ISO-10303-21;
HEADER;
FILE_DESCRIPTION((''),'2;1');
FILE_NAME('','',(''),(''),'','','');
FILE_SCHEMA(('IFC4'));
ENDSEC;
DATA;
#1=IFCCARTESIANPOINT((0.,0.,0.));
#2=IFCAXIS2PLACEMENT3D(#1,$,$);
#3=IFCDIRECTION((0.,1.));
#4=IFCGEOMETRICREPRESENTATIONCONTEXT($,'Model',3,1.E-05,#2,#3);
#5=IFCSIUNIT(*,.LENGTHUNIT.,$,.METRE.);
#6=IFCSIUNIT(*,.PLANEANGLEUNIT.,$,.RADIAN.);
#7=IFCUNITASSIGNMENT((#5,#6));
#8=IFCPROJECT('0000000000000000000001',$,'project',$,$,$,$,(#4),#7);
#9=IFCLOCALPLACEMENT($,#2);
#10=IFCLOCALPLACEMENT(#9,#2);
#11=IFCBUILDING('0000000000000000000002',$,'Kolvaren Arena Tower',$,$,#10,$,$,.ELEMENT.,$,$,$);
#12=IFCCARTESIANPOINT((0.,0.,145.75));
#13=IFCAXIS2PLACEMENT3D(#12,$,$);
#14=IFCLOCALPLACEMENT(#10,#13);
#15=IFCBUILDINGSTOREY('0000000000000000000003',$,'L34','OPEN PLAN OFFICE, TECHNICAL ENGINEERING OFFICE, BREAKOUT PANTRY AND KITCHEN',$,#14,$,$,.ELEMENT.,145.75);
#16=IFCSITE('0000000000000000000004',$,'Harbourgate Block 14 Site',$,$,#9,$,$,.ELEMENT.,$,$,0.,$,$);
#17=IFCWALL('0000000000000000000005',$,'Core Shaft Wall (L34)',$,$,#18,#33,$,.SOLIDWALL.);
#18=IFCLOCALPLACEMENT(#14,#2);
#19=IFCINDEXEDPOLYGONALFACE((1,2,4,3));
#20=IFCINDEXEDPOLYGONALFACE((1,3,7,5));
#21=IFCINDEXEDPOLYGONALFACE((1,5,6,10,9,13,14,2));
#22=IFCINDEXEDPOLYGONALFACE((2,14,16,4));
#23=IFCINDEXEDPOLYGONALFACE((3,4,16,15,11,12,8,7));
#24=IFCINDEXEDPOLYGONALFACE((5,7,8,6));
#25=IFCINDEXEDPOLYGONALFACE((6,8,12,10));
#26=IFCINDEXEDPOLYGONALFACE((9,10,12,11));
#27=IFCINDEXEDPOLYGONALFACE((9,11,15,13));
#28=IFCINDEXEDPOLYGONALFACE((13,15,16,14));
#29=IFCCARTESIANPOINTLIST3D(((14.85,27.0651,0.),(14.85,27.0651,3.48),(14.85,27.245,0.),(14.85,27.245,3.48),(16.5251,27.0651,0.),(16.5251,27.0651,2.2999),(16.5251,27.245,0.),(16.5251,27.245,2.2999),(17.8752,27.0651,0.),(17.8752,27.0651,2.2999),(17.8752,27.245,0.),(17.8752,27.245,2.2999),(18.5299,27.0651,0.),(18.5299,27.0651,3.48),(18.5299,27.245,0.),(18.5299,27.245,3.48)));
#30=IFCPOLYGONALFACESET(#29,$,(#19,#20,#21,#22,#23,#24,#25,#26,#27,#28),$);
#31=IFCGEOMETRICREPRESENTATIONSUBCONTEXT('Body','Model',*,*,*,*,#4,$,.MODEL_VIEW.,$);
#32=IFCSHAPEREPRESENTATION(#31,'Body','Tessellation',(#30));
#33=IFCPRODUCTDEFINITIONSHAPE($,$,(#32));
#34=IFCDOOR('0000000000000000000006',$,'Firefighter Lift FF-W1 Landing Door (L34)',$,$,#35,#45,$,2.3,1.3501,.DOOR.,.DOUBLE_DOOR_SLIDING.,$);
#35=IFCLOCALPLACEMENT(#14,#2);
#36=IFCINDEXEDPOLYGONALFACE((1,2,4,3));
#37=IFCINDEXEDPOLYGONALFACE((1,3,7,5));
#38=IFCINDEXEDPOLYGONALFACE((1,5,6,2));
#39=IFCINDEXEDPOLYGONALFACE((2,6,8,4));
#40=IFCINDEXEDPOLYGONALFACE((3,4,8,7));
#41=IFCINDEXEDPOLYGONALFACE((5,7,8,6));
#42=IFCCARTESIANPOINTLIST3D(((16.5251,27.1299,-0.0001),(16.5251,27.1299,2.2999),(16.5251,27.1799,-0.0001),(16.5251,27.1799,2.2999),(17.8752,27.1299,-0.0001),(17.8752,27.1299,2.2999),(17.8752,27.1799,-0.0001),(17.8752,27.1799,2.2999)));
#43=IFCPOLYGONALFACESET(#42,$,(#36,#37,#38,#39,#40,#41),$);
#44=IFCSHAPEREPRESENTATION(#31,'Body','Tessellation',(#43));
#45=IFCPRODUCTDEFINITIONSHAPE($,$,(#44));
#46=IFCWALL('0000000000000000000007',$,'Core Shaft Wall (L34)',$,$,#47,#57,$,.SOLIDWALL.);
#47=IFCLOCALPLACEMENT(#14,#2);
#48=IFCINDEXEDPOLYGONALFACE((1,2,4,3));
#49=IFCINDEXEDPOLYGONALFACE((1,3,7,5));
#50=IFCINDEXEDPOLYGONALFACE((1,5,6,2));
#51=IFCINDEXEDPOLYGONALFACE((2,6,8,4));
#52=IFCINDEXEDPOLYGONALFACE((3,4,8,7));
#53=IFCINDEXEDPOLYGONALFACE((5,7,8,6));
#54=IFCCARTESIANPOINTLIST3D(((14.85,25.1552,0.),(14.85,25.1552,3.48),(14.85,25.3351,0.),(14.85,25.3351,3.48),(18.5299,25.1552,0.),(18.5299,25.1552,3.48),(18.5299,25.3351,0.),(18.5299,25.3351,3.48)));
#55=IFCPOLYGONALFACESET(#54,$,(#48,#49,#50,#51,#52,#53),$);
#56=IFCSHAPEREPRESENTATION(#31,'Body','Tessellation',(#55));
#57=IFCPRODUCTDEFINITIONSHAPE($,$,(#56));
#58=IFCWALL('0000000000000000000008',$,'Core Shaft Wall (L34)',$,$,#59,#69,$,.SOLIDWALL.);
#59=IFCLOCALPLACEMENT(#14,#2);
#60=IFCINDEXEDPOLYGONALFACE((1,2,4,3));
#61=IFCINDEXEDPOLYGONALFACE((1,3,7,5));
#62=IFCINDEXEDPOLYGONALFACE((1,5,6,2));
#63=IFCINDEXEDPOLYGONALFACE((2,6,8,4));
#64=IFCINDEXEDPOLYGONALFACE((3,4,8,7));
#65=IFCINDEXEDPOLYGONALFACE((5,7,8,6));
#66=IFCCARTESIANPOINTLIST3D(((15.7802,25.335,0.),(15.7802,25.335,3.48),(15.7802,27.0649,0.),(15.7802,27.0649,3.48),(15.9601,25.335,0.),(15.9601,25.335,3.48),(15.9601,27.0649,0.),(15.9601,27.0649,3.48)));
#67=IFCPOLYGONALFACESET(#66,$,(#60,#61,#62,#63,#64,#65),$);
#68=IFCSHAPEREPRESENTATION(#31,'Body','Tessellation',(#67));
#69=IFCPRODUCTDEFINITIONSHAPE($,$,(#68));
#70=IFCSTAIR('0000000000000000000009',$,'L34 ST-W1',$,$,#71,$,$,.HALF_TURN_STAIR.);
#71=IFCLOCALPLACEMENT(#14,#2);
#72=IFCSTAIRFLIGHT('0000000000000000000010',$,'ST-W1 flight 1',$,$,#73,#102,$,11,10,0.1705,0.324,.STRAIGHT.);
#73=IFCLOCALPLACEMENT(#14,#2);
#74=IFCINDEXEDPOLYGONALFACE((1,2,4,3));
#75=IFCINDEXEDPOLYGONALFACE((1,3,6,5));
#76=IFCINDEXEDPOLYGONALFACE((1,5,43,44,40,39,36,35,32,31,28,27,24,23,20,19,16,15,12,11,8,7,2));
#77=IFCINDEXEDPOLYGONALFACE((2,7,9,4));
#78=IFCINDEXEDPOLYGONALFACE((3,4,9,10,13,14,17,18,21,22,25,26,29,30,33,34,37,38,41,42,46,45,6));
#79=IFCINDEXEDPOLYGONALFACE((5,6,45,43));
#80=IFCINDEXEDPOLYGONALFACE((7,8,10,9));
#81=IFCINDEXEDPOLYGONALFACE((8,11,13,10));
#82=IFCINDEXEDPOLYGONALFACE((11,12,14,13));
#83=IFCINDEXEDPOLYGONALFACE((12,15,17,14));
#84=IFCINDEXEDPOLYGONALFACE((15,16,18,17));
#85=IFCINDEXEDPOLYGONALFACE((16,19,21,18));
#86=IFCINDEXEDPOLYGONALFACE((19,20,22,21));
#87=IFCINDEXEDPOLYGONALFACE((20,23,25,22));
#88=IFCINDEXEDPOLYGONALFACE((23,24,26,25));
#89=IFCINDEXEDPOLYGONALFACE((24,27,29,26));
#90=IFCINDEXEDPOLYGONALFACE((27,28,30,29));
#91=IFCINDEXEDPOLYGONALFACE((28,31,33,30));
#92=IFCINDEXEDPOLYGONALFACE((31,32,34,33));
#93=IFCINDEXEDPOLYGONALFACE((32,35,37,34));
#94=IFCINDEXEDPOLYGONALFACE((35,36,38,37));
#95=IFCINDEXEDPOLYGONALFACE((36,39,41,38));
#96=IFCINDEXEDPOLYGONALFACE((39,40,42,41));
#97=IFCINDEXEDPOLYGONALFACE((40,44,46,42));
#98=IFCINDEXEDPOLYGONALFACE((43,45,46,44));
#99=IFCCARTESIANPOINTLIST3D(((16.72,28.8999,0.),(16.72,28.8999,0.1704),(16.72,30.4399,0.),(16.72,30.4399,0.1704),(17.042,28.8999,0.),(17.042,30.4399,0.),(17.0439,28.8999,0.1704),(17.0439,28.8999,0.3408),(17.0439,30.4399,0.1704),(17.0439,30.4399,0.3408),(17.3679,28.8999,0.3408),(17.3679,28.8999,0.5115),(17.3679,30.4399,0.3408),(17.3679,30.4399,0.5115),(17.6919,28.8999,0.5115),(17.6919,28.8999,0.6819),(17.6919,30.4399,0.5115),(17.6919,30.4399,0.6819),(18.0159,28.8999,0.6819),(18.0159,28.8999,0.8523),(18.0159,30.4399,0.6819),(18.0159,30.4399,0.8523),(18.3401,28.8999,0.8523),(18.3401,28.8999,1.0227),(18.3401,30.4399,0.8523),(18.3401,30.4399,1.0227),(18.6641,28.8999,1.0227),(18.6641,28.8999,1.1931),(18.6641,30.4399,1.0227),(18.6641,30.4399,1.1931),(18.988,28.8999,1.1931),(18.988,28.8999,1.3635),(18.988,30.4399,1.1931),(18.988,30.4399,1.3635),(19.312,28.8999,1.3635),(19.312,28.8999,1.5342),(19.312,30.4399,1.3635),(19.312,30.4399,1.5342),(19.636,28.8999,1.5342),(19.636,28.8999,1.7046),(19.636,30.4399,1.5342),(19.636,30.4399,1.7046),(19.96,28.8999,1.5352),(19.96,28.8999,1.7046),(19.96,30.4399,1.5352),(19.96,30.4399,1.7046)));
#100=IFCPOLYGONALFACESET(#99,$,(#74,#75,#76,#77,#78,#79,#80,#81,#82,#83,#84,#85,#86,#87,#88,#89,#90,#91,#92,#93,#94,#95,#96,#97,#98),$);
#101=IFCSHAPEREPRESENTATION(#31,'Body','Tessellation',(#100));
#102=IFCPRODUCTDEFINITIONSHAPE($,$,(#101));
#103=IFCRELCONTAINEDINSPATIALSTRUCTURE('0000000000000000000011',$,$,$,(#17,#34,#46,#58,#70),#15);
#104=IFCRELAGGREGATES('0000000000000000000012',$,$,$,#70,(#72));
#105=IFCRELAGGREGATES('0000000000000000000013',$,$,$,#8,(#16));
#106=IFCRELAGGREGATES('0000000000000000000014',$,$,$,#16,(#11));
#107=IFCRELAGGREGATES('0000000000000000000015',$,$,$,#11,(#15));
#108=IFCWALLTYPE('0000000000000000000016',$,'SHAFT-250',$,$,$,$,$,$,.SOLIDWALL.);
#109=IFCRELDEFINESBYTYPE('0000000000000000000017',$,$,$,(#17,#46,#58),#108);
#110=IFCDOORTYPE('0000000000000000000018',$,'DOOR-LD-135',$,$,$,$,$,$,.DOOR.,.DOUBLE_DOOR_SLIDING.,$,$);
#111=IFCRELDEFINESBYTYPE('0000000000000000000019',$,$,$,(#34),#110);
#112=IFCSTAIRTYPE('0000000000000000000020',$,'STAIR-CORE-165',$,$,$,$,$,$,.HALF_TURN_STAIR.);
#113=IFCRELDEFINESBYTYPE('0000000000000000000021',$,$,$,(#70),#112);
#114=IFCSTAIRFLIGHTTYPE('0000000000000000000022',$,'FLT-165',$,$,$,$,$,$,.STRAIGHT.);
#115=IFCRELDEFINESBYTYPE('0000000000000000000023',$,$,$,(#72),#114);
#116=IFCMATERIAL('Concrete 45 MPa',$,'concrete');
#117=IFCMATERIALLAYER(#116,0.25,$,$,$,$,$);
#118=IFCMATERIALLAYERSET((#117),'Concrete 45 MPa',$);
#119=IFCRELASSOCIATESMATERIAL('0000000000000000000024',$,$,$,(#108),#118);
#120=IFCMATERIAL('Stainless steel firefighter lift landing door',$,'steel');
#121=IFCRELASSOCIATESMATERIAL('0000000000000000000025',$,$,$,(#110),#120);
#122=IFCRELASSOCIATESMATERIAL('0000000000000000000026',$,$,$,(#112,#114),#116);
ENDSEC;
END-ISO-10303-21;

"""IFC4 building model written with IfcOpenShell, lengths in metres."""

from ifc_helpers import new_model, si_unit, direction, frame, frame_2d, origin, place, context, subcontext, project, spatial, polyline, rectangle, outline, extrude, material, layer, layer_set, type_object, element, fill, aggregate, save


model = new_model("IFC4")

# Units and contexts
model_context = context("Model", 3, precision=1e-05, world=origin(), true_north=direction((0.0, 1.0)))
body_context = subcontext(model_context, "Body", "Model", "MODEL_VIEW")
ifc_project = project(units=[si_unit("LENGTHUNIT", "METRE"), si_unit("PLANEANGLEUNIT", "RADIAN")], contexts=[model_context])

# Site, building, storey
site_placement = place(None, origin())
site = spatial("IfcSite", under=ifc_project, at=site_placement, Name="Harbourgate Block 14 Site", CompositionType="ELEMENT", RefElevation=0.0)
building_placement = place(site_placement, origin())
building = spatial("IfcBuilding", under=site, at=building_placement, Name="Kolvaren Arena Tower", CompositionType="ELEMENT")
storey_placement = place(building_placement, frame((0.0, 0.0, 145.75)))
storey = spatial("IfcBuildingStorey", under=building, at=storey_placement, Name="L34", Description="OPEN PLAN OFFICE, TECHNICAL ENGINEERING OFFICE, BREAKOUT PANTRY AND KITCHEN", CompositionType="ELEMENT", Elevation=145.75)

# Shared definitions
ifc_material_1 = material(Name="Concrete 45 MPa", Category="concrete")
ifc_layer = layer(ifc_material_1, 0.25)
ifc_layer_set = layer_set([ifc_layer], Name="Concrete 45 MPa")
wall_type = type_object("IfcWallType", Name="SHAFT-250", PredefinedType="SOLIDWALL", material=ifc_layer_set)

# Wall, opening, door
wall_1_placement = place(storey_placement, frame((14.8501, 27.155, 0.0), z_axis=(0.0, 0.0, 1.0), x_axis=(1.0, 0.0, 0.0)))
wall_1 = element("IfcWall", 1, at=wall_1_placement, inside=storey, type_object=wall_type, Name="Core Shaft Wall (L34)", PredefinedType="SOLIDWALL", context=body_context, shape_type="SweptSolid", body=[
    extrude(rectangle(XDim=3.6799, YDim=0.1799, at=frame_2d((1.8398, 0.0))), origin(), (0.0, 0.0, 1.0), 3.48),
])
opening_placement = place(wall_1_placement, frame((1.675, 0.0, 0.0)))
opening = element("IfcOpeningElement", 2, at=opening_placement, cuts=wall_1, PredefinedType="OPENING", context=body_context, shape_type="SweptSolid", body=[
    extrude(rectangle(XDim=1.3501, YDim=2.3, at=frame_2d((0.675, 1.1499))), frame((0.0, 0.0999, 0.0), z_axis=(0.0, -1.0, 0.0), x_axis=(1.0, 0.0, 0.0)), (0.0, 0.0, 1.0), 0.2),
])
ifc_material_2 = material(Name="Stainless steel firefighter lift landing door", Category="steel")
door_type = type_object("IfcDoorType", Name="DOOR-LD-135", OperationType="DOUBLE_DOOR_SLIDING", PredefinedType="DOOR", material=ifc_material_2)
door_placement = place(opening_placement, origin())
door = element("IfcDoor", 3, at=door_placement, inside=storey, type_object=door_type, Name="Firefighter Lift FF-W1 Landing Door (L34)", OperationType="DOUBLE_DOOR_SLIDING", OverallHeight=2.3, OverallWidth=1.3501, PredefinedType="DOOR", context=body_context, shape_type="SweptSolid", body=[
    extrude(rectangle(XDim=1.3501, YDim=2.3, at=frame_2d((0.675, 1.1499))), frame((0.0, 0.0249, 0.0), z_axis=(0.0, -1.0, 0.0), x_axis=(1.0, 0.0, 0.0)), (0.0, 0.0, 1.0), 0.05),
])
fill(opening, door)

# Walls
wall_2_placement = place(storey_placement, frame((14.8501, 25.2451, 0.0), z_axis=(0.0, 0.0, 1.0), x_axis=(1.0, 0.0, 0.0)))
element("IfcWall", 4, at=wall_2_placement, inside=storey, type_object=wall_type, Name="Core Shaft Wall (L34)", PredefinedType="SOLIDWALL", context=body_context, shape_type="SweptSolid", body=[
    extrude(rectangle(XDim=3.6799, YDim=0.1799, at=frame_2d((1.8398, 0.0))), origin(), (0.0, 0.0, 1.0), 3.48),
])
wall_3_placement = place(storey_placement, frame((15.8701, 25.335, 0.0), z_axis=(0.0, 0.0, 1.0), x_axis=(0.0, 1.0, 0.0)))
element("IfcWall", 5, at=wall_3_placement, inside=storey, type_object=wall_type, Name="Core Shaft Wall (L34)", PredefinedType="SOLIDWALL", context=body_context, shape_type="SweptSolid", body=[
    extrude(rectangle(XDim=1.73, YDim=0.1799, at=frame_2d((0.865, 0.0))), origin(), (0.0, 0.0, 1.0), 3.48),
])

# Stair, stair flight
stair_type = type_object("IfcStairType", Name="STAIR-CORE-165", PredefinedType="HALF_TURN_STAIR", material=ifc_material_1)
stair_placement = place(storey_placement, origin())
stair = element("IfcStair", 6, at=stair_placement, inside=storey, type_object=stair_type, Name="L34 ST-W1", PredefinedType="HALF_TURN_STAIR")
stair_flight_type = type_object("IfcStairFlightType", Name="FLT-165", PredefinedType="STRAIGHT", material=ifc_material_1)
stair_flight_placement = place(storey_placement, frame((16.72, 29.6699, 0.0), z_axis=(0.0, 0.0, 1.0), x_axis=(1.0, 0.0, 0.0)))
stair_flight = element("IfcStairFlight", 7, at=stair_flight_placement, type_object=stair_flight_type, Name="ST-W1 flight 1", NumberOfRisers=11, NumberOfTreads=10, PredefinedType="STRAIGHT", RiserHeight=0.1705, TreadLength=0.324, context=body_context, shape_type="SweptSolid", body=[
    extrude(outline(polyline([(0.0, 0.0), (0.0, 0.1704), (0.324, 0.1704), (0.324, 0.3408), (0.6479, 0.3408), (0.6479, 0.5115), (0.9719, 0.5115), (0.9719, 0.6819), (1.2959, 0.6819), (1.2959, 0.8523), (1.6201, 0.8523), (1.6201, 1.0227), (1.9441, 1.0227), (1.9441, 1.1931), (2.2681, 1.1931), (2.2681, 1.3635), (2.592, 1.3635), (2.592, 1.5342), (2.916, 1.5342), (2.916, 1.7046), (3.24, 1.7046), (3.24, 1.875), (3.24, 1.5352), (0.322, 0.0), (0.0, 0.0)])), frame((0.0, 0.77, 0.0), z_axis=(0.0, -1.0, 0.0), x_axis=(1.0, 0.0, 0.0)), (0.0, 0.0, 1.0), 1.54),
])
aggregate(stair, [stair_flight])

save(model, "model.ifc")
